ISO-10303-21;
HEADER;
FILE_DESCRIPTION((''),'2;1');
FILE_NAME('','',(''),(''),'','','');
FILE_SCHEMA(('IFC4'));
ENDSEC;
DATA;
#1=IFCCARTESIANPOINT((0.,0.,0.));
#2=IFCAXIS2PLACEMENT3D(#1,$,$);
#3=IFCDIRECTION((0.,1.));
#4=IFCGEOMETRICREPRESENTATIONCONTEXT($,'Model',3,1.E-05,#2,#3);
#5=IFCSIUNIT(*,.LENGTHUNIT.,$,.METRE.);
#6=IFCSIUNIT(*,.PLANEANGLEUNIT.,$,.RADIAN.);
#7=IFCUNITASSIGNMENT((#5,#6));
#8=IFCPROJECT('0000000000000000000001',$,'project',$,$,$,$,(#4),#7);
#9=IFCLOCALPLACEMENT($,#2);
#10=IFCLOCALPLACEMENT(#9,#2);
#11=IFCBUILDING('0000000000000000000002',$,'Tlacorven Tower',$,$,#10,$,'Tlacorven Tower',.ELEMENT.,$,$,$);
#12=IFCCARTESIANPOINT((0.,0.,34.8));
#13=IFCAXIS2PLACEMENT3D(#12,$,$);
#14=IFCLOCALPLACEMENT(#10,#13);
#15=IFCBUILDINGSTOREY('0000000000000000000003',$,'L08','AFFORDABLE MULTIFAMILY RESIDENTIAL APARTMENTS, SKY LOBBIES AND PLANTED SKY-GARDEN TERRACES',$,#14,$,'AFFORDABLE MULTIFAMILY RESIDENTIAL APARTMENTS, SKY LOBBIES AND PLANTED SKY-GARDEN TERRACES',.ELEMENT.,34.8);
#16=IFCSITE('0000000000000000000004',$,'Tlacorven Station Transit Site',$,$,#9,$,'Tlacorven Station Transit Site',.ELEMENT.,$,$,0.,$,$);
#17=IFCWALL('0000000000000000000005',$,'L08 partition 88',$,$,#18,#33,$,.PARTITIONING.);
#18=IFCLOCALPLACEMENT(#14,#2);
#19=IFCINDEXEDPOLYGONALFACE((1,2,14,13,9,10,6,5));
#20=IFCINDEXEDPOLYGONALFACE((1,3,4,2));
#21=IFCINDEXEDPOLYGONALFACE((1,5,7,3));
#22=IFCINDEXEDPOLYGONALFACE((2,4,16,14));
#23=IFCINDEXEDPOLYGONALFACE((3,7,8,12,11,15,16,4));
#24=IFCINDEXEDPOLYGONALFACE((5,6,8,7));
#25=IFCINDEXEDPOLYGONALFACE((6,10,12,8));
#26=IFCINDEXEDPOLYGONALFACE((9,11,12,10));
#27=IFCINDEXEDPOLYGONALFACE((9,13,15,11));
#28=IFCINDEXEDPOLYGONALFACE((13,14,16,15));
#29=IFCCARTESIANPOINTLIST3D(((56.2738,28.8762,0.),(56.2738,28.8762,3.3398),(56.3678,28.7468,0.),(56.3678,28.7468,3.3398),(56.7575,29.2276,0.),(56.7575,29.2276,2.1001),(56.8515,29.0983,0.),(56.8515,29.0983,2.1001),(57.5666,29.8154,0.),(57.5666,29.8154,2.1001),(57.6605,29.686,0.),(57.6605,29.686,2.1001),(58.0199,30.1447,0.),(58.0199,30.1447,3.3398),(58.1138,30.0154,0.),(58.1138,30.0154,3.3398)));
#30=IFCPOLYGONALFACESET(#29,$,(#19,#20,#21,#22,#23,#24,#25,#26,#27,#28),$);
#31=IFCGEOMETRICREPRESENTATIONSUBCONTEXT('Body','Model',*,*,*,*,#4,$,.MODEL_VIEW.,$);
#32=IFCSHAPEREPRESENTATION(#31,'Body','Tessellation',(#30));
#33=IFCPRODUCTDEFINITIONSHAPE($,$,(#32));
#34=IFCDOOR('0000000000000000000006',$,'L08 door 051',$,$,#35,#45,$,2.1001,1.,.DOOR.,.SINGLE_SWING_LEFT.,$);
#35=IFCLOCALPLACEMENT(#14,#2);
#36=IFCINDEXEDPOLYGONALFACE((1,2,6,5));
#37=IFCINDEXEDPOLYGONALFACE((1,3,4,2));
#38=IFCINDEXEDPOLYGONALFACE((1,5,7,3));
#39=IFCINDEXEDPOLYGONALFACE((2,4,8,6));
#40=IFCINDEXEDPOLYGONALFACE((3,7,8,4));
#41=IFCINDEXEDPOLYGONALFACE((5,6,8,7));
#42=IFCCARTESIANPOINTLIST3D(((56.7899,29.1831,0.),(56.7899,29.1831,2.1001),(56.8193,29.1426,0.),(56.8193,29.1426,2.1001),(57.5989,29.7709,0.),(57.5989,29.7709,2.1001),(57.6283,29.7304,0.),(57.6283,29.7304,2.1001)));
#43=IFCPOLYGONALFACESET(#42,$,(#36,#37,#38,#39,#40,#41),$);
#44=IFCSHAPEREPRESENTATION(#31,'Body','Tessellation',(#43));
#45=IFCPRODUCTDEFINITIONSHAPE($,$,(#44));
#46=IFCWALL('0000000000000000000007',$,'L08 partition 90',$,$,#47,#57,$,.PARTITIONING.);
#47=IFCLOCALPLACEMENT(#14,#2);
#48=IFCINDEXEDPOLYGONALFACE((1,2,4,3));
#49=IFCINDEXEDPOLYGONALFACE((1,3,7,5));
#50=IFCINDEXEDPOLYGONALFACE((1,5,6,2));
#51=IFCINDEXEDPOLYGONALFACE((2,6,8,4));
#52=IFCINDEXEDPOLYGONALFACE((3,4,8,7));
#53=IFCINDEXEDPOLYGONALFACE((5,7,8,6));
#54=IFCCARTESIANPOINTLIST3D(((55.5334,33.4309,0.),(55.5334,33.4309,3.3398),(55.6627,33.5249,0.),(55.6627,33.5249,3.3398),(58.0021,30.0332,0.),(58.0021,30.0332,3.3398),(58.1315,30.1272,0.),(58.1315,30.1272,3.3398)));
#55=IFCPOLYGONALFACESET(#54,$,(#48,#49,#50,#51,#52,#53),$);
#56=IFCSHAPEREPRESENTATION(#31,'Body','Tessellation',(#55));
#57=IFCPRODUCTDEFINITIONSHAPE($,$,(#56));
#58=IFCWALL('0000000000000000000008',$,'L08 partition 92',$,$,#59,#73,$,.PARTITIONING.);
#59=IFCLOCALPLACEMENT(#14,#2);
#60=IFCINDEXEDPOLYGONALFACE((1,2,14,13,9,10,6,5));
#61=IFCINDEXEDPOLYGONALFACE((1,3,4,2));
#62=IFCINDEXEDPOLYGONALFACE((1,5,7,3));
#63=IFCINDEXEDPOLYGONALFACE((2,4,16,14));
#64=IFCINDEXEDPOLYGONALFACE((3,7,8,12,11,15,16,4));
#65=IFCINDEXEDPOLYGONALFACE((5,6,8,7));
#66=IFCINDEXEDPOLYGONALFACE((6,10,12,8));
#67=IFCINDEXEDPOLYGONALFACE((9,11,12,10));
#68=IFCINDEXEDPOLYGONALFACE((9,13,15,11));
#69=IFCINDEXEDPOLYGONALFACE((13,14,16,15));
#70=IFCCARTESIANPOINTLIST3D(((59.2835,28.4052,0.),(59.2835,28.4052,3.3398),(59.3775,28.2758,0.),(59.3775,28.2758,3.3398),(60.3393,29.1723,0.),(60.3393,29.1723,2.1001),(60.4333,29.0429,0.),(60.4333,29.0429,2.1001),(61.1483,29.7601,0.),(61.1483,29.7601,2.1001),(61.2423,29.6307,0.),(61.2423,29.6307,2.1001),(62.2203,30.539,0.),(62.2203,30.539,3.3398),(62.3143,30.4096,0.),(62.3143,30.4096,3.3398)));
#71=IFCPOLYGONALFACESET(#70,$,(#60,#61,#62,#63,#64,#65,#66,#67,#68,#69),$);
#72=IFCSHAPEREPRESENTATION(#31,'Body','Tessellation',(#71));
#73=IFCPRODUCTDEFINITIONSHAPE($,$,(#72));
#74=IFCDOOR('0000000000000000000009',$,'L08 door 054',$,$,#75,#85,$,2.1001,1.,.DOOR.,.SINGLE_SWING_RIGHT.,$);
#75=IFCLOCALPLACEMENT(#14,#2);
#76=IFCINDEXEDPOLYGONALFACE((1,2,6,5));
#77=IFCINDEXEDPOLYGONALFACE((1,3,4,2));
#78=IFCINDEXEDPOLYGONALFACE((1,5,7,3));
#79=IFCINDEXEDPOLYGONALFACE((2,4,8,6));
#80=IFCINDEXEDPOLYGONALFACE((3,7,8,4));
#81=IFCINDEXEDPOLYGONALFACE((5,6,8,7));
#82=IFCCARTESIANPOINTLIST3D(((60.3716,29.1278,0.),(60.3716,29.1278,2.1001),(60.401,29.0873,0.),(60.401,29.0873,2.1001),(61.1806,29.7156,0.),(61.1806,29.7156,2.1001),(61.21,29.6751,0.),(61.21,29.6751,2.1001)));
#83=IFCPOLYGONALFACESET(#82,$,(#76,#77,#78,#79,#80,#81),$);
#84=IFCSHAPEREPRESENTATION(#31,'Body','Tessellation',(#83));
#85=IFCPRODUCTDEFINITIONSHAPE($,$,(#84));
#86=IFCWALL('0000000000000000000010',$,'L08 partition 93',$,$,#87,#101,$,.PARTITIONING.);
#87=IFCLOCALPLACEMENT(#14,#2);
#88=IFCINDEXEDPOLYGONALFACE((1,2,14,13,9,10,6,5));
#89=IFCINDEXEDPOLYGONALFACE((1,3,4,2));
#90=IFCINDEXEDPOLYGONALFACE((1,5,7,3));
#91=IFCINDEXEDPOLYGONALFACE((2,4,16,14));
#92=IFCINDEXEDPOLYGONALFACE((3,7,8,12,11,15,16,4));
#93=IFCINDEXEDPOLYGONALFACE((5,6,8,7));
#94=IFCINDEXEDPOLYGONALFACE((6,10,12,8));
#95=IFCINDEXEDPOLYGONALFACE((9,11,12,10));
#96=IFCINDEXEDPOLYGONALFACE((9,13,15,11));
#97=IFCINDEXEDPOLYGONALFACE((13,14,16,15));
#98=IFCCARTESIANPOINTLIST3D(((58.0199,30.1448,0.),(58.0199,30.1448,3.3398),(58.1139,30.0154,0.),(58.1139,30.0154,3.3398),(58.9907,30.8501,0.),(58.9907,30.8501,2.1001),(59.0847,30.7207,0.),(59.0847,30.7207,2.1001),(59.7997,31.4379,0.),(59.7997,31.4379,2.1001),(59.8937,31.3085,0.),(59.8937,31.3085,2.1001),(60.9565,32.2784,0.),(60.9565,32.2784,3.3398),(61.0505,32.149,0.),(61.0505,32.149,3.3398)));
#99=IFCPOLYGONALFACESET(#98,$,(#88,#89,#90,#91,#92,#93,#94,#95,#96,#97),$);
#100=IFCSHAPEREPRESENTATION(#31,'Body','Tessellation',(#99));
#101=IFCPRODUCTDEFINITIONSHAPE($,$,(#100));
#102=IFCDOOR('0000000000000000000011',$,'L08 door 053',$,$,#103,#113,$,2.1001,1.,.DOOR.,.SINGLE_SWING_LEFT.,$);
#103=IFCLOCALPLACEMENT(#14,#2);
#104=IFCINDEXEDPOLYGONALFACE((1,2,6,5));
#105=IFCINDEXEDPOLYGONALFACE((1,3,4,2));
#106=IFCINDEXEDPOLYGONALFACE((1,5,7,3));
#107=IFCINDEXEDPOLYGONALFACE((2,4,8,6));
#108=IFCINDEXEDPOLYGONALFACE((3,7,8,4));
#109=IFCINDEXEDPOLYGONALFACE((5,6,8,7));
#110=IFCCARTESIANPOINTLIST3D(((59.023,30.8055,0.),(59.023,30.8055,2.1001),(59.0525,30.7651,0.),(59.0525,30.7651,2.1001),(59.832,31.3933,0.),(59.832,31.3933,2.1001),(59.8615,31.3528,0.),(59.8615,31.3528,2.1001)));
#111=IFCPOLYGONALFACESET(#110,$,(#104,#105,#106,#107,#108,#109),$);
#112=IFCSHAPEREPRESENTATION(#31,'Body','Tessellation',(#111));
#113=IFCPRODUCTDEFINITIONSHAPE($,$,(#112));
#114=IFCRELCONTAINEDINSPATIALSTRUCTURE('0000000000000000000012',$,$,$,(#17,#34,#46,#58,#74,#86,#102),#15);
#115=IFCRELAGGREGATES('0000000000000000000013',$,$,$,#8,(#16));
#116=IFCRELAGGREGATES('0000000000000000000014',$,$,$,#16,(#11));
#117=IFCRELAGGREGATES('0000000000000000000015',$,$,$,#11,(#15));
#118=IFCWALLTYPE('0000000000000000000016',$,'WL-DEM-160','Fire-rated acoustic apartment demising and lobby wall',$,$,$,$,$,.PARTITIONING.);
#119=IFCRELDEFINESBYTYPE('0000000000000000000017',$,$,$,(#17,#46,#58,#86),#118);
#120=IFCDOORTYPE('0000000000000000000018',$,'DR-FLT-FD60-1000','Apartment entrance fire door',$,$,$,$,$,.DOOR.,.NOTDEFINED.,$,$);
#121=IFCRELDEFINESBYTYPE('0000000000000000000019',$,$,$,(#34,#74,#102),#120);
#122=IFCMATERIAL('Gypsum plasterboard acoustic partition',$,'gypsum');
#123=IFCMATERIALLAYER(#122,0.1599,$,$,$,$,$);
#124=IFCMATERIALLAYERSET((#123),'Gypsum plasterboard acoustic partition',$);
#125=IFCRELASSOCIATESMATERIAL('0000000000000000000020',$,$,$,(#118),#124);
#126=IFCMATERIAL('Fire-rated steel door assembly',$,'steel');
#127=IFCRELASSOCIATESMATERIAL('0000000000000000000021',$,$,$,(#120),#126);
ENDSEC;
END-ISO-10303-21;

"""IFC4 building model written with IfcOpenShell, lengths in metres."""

from ifc_helpers import new_model, si_unit, direction, frame, frame_2d, origin, place, context, subcontext, project, spatial, rectangle, extrude, source, transform, mapped, material, layer, layer_set, type_object, element, fill, save


model = new_model("IFC4")

# Units and contexts
model_context = context("Model", 3, precision=1e-05, world=origin(), true_north=direction((0.0, 1.0)))
body_context = subcontext(model_context, "Body", "Model", "MODEL_VIEW")
ifc_project = project(units=[si_unit("LENGTHUNIT", "METRE"), si_unit("PLANEANGLEUNIT", "RADIAN")], contexts=[model_context])

# Site, building, storey
site_placement = place(None, origin())
site = spatial("IfcSite", under=ifc_project, at=site_placement, Name="Tlacorven Station Transit Site", LongName="Tlacorven Station Transit Site", CompositionType="ELEMENT", RefElevation=0.0)
building_placement = place(site_placement, origin())
building = spatial("IfcBuilding", under=site, at=building_placement, Name="Tlacorven Tower", LongName="Tlacorven Tower", CompositionType="ELEMENT")
storey_placement = place(building_placement, frame((0.0, 0.0, 34.8)))
storey = spatial("IfcBuildingStorey", under=building, at=storey_placement, Name="L08", Description="AFFORDABLE MULTIFAMILY RESIDENTIAL APARTMENTS, SKY LOBBIES AND PLANTED SKY-GARDEN TERRACES", LongName="AFFORDABLE MULTIFAMILY RESIDENTIAL APARTMENTS, SKY LOBBIES AND PLANTED SKY-GARDEN TERRACES", CompositionType="ELEMENT", Elevation=34.8)

# Wall, opening, door
ifc_material_1 = material(Name="Gypsum plasterboard acoustic partition", Category="gypsum")
ifc_layer_1 = layer(ifc_material_1, 0.1599)
ifc_layer_set_1 = layer_set([ifc_layer_1], Name="Gypsum plasterboard acoustic partition")
wall_type_1 = type_object("IfcWallType", Name="WL-DEM-160", Description="Fire-rated acoustic apartment demising and lobby wall", PredefinedType="PARTITIONING", material=ifc_layer_set_1)
wall_1_placement = place(storey_placement, frame((56.3208, 28.8115, 0.0), z_axis=(0.0, 0.0, 1.0), x_axis=(0.809029, 0.587768, 0.0)))
wall_1 = element("IfcWall", 1, at=wall_1_placement, inside=storey, type_object=wall_type_1, Name="L08 partition 88", PredefinedType="PARTITIONING", context=body_context, shape_type="SweptSolid", body=[
    extrude(rectangle(XDim=2.1582, YDim=0.1599, at=frame_2d((1.0791, 0.0))), origin(), (0.0, 0.0, 1.0), 3.3398),
])
opening_1_placement = place(wall_1_placement, frame((0.5979, 0.0, 0.0)))
opening_1 = element("IfcOpeningElement", 2, at=opening_1_placement, cuts=wall_1, PredefinedType="OPENING", context=body_context, shape_type="SweptSolid", body=[
    extrude(rectangle(XDim=1.0, YDim=2.1001, at=frame_2d((0.5, 1.05))), frame((0.0, 0.0898, 0.0), z_axis=(0.0, -1.0, 0.0), x_axis=(1.0, 0.0, 0.0)), (0.0, 0.0, 1.0), 0.1799),
])
ifc_material_2 = material(Name="Fire-rated steel door assembly", Category="steel")
door_type = type_object("IfcDoorType", Name="DR-FLT-FD60-1000", Description="Apartment entrance fire door", OperationType="NOTDEFINED", PredefinedType="DOOR", material=ifc_material_2)
shared_shape_1 = source(origin(), body_context, "Body", "SweptSolid", [
    extrude(rectangle(XDim=1.0, YDim=2.1001, at=frame_2d((0.5, 1.05))), frame((0.0, 0.0249, 0.0), z_axis=(0.0, -1.0, 0.0), x_axis=(1.0, 0.0, 0.0)), (0.0, 0.0, 1.0), 0.05),
])
door_1_placement = place(opening_1_placement, origin())
door_1 = element("IfcDoor", 3, at=door_1_placement, inside=storey, type_object=door_type, Name="L08 door 051", OperationType="SINGLE_SWING_LEFT", OverallHeight=2.1001, OverallWidth=1.0, PredefinedType="DOOR", context=body_context, shape_type="MappedRepresentation", body=[
    mapped(shared_shape_1, transform((0.0, 0.0, 0.0), scale=1.0)),
])
fill(opening_1, door_1)

# Wall
wall_2_placement = place(storey_placement, frame((58.0669, 30.0801, 0.0), z_axis=(0.0, 0.0, 1.0), x_axis=(-0.587812, 0.808997, 0.0)))
element("IfcWall", 4, at=wall_2_placement, inside=storey, type_object=wall_type_1, Name="L08 partition 90", PredefinedType="PARTITIONING", context=body_context, shape_type="SweptSolid", body=[
    extrude(rectangle(XDim=4.2, YDim=0.1599, at=frame_2d((2.1001, 0.0))), origin(), (0.0, 0.0, 1.0), 3.3398),
])

# Walls, openings, doors
wall_3_placement = place(storey_placement, frame((59.3306, 28.3406, 0.0), z_axis=(0.0, 0.0, 1.0), x_axis=(0.809004, 0.587804, 0.0)))
wall_3 = element("IfcWall", 5, at=wall_3_placement, inside=storey, type_object=wall_type_1, Name="L08 partition 92", PredefinedType="PARTITIONING", context=body_context, shape_type="SweptSolid", body=[
    extrude(rectangle(XDim=3.6301, YDim=0.1599, at=frame_2d((1.8149, 0.0))), origin(), (0.0, 0.0, 1.0), 3.3398),
])
opening_2_placement = place(wall_3_placement, frame((1.3049, 0.0, 0.0)))
opening_2 = element("IfcOpeningElement", 6, at=opening_2_placement, cuts=wall_3, PredefinedType="OPENING", context=body_context, shape_type="SweptSolid", body=[
    extrude(rectangle(XDim=1.0, YDim=2.1001, at=frame_2d((0.5, 1.05))), frame((0.0, 0.0898, 0.0), z_axis=(0.0, -1.0, 0.0), x_axis=(1.0, 0.0, 0.0)), (0.0, 0.0, 1.0), 0.1799),
])
door_2_placement = place(opening_2_placement, origin())
door_2 = element("IfcDoor", 7, at=door_2_placement, inside=storey, type_object=door_type, Name="L08 door 054", OperationType="SINGLE_SWING_RIGHT", OverallHeight=2.1001, OverallWidth=1.0, PredefinedType="DOOR", context=body_context, shape_type="MappedRepresentation", body=[
    mapped(shared_shape_1, transform((0.0, 0.0, 0.0), scale=1.0)),
])
fill(opening_2, door_2)
wall_4_placement = place(storey_placement, frame((58.0669, 30.0801, 0.0), z_axis=(0.0, 0.0, 1.0), x_axis=(0.809012, 0.587792, 0.0)))
wall_4 = element("IfcWall", 8, at=wall_4_placement, inside=storey, type_object=wall_type_1, Name="L08 partition 93", PredefinedType="PARTITIONING", context=body_context, shape_type="SweptSolid", body=[
    extrude(rectangle(XDim=3.6299, YDim=0.1599, at=frame_2d((1.8149, 0.0))), origin(), (0.0, 0.0, 1.0), 3.3398),
])
opening_3_placement = place(wall_4_placement, frame((1.2, 0.0, 0.0)))
opening_3 = element("IfcOpeningElement", 9, at=opening_3_placement, cuts=wall_4, PredefinedType="OPENING", context=body_context, shape_type="SweptSolid", body=[
    extrude(rectangle(XDim=1.0, YDim=2.1001, at=frame_2d((0.5, 1.05))), frame((0.0, 0.0898, 0.0), z_axis=(0.0, -1.0, 0.0), x_axis=(1.0, 0.0, 0.0)), (0.0, 0.0, 1.0), 0.1799),
])
door_3_placement = place(opening_3_placement, origin())
door_3 = element("IfcDoor", 10, at=door_3_placement, inside=storey, type_object=door_type, Name="L08 door 053", OperationType="SINGLE_SWING_LEFT", OverallHeight=2.1001, OverallWidth=1.0, PredefinedType="DOOR", context=body_context, shape_type="MappedRepresentation", body=[
    mapped(shared_shape_1, transform((0.0, 0.0, 0.0), scale=1.0)),
])
fill(opening_3, door_3)

save(model, "model.ifc")
